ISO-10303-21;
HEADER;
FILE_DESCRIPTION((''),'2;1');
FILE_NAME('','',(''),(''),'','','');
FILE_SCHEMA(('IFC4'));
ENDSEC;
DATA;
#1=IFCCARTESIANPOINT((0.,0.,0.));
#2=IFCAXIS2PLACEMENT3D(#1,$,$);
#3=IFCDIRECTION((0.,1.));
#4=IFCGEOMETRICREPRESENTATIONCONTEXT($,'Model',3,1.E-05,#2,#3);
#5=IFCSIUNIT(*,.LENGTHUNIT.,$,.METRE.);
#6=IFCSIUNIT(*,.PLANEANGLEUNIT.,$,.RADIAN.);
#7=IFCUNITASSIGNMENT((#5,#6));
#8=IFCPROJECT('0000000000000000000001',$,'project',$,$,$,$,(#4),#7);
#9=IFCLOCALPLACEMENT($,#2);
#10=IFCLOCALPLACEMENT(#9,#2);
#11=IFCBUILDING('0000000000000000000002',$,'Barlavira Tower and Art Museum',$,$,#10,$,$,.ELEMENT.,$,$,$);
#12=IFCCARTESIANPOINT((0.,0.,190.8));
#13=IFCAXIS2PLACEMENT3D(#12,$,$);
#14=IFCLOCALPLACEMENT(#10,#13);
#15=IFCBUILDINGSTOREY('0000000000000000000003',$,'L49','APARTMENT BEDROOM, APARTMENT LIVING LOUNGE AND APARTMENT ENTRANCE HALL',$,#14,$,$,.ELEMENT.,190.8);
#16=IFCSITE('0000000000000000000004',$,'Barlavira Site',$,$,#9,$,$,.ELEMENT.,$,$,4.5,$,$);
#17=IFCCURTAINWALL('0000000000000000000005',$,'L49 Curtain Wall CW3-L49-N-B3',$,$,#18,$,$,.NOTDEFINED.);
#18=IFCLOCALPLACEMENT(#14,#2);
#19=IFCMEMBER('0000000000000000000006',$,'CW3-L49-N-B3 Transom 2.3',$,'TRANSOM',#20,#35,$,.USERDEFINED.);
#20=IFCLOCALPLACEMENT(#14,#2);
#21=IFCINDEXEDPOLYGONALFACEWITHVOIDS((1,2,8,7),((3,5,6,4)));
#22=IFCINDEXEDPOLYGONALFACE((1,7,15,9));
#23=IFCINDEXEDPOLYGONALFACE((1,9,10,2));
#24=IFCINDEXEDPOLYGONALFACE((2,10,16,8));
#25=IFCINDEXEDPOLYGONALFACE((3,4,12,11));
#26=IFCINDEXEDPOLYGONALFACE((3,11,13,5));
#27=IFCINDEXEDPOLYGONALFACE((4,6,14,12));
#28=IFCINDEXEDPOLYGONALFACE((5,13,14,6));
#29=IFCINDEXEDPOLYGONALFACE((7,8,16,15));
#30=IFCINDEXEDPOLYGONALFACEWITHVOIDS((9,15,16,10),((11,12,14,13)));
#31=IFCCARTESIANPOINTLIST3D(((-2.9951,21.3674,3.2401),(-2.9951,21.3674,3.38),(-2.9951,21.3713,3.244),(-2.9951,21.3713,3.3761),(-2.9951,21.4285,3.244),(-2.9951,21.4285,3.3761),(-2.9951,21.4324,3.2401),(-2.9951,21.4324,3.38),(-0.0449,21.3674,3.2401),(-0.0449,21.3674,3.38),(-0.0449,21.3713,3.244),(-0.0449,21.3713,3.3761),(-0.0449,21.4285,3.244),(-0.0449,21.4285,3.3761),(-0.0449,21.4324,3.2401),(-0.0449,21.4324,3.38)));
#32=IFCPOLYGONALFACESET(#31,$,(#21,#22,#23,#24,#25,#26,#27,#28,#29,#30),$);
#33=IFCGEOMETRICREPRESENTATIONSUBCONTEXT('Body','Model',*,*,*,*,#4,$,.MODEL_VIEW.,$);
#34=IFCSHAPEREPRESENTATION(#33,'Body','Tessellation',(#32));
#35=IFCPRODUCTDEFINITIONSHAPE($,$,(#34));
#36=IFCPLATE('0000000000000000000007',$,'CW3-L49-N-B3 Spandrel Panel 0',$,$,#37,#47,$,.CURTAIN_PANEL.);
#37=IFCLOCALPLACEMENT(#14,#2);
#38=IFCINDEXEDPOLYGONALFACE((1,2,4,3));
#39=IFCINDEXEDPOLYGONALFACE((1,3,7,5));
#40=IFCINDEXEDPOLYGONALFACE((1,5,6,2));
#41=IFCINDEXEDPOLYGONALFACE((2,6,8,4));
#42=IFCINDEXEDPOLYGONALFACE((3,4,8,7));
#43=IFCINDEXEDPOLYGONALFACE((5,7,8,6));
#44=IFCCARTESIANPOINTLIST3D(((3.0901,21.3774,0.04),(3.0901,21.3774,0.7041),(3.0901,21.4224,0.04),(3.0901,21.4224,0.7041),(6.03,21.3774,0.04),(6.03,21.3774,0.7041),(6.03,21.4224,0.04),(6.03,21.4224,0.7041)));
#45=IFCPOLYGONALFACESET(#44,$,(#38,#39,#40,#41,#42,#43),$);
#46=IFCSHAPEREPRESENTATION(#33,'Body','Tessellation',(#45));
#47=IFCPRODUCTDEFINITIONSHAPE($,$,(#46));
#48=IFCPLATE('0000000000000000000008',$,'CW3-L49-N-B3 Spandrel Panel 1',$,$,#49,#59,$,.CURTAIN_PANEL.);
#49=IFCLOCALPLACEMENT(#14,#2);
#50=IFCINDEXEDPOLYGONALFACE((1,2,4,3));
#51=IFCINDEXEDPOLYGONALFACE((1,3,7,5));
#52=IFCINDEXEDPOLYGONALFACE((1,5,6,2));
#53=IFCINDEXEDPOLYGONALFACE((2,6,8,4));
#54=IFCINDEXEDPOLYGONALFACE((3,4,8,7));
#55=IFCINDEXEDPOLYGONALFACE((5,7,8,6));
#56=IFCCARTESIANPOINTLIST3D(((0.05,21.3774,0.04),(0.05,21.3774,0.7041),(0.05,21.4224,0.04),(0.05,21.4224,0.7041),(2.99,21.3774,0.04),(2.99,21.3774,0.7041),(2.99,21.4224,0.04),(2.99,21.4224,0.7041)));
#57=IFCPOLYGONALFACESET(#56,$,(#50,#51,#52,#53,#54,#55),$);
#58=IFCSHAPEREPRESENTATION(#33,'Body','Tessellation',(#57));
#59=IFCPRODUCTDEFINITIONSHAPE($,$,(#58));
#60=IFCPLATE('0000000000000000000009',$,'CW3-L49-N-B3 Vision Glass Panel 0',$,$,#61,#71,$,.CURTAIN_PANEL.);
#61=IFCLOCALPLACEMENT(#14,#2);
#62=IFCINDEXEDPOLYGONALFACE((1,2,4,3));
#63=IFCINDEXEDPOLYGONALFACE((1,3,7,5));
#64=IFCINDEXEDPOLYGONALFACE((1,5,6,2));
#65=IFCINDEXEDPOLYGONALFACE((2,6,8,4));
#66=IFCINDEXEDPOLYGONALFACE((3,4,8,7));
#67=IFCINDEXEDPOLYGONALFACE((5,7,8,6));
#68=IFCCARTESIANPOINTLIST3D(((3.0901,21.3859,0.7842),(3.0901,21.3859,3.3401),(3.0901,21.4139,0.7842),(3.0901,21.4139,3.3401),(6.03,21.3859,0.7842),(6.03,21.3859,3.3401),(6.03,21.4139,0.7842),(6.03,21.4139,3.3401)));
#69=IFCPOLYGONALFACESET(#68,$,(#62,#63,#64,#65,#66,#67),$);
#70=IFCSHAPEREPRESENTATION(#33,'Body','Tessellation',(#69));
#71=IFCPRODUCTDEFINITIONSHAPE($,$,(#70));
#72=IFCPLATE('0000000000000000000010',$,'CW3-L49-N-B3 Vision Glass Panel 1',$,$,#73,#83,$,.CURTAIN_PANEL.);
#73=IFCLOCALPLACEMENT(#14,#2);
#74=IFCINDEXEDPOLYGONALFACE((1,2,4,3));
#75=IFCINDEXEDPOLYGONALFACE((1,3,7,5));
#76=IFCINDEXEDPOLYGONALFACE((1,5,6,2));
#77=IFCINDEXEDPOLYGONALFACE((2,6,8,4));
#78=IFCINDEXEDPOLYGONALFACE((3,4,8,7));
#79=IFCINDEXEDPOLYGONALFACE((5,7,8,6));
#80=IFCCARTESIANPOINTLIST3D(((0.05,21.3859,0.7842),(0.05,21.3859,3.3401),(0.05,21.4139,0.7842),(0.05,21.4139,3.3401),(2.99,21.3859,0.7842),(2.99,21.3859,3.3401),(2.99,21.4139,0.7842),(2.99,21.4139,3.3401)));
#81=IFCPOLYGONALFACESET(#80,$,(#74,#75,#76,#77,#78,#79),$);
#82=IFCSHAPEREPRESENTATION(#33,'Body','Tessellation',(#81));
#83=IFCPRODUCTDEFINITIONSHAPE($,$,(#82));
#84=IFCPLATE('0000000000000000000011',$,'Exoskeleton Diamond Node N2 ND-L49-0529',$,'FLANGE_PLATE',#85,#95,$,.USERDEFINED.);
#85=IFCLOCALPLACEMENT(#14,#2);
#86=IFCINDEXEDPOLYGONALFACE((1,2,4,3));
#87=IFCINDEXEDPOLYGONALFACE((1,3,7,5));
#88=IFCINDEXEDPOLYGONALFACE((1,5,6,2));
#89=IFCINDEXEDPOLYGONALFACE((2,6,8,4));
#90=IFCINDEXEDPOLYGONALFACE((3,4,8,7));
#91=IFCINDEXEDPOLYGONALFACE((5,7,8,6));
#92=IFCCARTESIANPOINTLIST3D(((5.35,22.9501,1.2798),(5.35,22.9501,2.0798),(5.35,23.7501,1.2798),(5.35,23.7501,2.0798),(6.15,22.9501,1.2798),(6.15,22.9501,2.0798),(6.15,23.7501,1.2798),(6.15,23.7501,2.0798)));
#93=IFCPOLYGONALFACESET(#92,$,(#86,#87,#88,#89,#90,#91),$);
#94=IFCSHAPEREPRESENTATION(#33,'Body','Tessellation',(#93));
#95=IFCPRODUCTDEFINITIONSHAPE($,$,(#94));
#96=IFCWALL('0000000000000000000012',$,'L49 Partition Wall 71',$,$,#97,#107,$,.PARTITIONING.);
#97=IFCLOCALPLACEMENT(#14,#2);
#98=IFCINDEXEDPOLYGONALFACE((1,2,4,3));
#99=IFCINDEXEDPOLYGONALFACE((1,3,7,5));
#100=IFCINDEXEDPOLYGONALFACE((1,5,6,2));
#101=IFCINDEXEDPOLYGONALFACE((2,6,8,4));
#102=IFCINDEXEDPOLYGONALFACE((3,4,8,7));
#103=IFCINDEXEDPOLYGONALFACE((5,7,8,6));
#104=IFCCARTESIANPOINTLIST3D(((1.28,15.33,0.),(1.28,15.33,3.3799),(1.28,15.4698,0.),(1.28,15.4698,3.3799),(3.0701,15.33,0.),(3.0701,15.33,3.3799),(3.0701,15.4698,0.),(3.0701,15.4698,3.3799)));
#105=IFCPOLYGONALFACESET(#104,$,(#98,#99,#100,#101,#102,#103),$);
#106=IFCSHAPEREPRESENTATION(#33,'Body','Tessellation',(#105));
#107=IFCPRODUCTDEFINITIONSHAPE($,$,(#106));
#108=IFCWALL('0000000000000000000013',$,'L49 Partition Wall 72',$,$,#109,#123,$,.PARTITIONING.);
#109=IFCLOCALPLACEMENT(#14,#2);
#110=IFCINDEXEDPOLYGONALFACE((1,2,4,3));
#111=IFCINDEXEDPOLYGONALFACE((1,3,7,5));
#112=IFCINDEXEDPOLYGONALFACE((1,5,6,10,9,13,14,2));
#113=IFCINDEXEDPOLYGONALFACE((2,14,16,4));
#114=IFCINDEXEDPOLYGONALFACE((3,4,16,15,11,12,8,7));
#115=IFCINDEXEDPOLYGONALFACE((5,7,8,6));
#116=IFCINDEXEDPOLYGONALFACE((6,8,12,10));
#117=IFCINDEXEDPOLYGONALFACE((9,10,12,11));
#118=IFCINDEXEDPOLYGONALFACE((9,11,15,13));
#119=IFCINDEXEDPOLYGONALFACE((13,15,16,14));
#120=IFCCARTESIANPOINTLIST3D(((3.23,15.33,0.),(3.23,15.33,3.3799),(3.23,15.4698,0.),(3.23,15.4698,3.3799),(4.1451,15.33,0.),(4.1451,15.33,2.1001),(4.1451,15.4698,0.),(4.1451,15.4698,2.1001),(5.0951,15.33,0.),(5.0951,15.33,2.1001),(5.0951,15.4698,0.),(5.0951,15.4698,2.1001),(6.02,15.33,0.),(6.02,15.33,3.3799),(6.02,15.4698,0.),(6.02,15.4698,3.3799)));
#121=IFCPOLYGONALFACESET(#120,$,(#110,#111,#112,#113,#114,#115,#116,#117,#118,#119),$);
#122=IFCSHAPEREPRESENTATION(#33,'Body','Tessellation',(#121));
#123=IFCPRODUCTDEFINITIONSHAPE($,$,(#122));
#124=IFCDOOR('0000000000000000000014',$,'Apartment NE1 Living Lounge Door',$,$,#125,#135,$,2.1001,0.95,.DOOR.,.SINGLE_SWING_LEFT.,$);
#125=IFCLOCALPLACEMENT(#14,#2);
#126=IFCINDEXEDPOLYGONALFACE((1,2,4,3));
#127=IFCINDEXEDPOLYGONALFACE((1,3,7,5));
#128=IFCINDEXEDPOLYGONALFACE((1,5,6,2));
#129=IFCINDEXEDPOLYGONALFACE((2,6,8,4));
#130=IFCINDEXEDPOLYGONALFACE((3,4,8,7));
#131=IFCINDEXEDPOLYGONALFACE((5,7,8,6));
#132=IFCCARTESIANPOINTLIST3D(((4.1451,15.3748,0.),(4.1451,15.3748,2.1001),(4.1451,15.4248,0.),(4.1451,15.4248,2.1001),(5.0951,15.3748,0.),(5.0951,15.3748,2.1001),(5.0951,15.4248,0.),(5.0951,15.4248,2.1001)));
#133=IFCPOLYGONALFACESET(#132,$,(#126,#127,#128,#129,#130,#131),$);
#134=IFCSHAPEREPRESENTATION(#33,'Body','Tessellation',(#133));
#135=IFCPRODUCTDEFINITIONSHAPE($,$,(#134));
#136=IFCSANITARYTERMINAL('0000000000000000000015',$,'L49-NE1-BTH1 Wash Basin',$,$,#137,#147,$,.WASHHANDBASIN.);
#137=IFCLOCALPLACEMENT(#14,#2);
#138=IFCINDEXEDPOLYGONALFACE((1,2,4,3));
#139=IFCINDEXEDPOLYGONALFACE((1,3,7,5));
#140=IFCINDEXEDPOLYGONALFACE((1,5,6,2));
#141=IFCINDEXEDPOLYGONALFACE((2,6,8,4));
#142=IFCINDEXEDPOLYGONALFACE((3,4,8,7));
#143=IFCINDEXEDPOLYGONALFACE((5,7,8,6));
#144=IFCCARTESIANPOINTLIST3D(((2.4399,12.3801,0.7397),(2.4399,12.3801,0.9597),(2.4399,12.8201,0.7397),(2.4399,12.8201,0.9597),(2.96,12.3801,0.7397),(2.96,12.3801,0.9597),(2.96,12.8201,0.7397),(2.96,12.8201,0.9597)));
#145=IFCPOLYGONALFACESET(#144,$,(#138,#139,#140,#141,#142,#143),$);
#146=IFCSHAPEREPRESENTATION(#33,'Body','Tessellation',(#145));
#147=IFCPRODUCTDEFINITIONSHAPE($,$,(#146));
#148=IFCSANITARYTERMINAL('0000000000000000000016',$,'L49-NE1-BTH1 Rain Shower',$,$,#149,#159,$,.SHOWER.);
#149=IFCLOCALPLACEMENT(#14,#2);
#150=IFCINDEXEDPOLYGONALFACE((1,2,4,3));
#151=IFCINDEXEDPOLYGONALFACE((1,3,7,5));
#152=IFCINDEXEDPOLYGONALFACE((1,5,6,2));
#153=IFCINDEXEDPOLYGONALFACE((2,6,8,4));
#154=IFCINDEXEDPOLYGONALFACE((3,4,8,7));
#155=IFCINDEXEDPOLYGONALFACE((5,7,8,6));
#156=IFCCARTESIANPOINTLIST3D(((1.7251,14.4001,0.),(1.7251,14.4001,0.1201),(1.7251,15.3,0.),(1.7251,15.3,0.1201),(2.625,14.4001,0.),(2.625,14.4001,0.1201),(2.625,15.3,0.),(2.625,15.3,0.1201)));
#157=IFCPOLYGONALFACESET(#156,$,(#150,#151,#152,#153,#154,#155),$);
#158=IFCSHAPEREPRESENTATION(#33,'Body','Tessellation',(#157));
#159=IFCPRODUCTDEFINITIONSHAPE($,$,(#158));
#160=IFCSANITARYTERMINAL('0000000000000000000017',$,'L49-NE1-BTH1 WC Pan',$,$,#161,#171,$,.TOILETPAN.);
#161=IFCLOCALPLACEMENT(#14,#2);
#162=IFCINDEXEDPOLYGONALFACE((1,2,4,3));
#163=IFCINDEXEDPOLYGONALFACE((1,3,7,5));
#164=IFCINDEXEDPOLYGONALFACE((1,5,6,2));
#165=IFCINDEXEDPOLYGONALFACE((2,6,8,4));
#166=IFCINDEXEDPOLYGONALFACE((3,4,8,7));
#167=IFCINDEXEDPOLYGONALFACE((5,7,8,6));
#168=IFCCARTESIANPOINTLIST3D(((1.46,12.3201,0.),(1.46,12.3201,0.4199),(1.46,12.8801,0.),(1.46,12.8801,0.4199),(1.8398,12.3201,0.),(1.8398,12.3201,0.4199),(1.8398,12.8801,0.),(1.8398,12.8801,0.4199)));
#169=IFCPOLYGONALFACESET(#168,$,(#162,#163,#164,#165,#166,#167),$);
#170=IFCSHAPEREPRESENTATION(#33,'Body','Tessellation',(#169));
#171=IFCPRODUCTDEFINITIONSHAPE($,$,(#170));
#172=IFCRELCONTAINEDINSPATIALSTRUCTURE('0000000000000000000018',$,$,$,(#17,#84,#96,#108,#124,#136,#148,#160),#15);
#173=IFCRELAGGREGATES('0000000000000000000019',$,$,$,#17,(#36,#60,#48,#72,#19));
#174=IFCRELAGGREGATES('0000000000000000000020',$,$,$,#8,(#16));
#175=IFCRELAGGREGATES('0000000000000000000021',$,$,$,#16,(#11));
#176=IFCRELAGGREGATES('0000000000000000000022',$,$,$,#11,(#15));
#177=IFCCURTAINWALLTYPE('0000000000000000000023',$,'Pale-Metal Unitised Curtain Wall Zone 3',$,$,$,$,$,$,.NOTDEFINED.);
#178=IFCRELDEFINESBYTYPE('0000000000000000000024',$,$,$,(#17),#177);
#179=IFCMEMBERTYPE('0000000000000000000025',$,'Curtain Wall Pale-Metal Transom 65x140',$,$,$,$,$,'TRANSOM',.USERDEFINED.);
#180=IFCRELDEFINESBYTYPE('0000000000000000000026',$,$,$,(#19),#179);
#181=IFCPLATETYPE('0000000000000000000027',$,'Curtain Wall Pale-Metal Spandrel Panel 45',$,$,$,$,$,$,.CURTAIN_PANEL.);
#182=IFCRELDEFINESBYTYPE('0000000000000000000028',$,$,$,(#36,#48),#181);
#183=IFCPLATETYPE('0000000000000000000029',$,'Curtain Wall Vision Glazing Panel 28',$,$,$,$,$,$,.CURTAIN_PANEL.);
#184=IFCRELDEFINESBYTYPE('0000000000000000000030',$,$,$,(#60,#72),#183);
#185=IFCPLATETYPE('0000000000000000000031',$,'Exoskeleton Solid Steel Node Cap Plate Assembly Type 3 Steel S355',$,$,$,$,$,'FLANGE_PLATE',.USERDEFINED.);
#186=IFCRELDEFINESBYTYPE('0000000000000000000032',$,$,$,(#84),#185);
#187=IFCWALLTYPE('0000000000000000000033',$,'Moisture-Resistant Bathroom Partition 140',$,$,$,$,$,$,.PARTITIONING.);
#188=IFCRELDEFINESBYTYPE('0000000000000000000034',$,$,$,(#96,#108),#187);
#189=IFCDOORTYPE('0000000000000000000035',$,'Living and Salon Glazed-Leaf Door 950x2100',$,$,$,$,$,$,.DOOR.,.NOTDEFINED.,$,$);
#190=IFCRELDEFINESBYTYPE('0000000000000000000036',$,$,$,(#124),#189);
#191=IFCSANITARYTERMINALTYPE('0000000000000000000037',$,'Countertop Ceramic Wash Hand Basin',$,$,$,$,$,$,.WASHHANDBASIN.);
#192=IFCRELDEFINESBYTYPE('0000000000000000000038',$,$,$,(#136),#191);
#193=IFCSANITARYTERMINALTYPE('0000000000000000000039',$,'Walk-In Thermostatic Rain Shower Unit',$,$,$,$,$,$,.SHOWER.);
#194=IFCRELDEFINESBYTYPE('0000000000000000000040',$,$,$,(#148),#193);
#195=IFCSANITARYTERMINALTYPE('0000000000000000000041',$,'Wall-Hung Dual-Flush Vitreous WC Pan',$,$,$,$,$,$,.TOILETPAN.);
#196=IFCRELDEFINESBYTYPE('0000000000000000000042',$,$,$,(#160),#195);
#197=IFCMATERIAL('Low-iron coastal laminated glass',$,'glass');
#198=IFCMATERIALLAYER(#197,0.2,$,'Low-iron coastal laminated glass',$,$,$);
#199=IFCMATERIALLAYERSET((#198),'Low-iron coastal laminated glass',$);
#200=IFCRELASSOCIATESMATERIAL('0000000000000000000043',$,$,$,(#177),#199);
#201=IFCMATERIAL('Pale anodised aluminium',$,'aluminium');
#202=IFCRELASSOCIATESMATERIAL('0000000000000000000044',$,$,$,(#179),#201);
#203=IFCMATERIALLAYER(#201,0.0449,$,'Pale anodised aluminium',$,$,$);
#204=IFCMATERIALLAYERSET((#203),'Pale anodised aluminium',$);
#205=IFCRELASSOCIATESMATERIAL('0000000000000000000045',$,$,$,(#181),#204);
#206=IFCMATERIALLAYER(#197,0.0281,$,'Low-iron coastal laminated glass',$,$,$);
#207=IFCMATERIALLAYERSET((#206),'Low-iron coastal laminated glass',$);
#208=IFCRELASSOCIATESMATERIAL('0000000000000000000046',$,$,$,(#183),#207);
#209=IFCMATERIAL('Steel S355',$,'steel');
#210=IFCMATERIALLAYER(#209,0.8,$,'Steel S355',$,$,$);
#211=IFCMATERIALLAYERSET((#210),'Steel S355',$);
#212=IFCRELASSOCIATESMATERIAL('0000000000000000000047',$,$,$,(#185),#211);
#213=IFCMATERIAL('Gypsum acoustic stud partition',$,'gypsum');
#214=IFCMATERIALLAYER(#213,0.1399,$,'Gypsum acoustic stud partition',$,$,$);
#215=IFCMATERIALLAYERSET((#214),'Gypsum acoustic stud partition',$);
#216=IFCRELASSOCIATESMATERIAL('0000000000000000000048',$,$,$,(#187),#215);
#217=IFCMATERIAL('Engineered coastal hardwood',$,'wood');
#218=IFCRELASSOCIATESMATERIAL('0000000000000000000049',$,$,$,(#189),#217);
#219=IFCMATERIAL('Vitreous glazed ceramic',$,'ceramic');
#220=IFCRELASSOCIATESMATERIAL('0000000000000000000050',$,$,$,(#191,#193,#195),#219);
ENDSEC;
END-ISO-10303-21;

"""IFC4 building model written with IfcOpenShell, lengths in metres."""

from ifc_helpers import new_model, si_unit, direction, frame, frame_2d, origin, origin_2d, place, context, subcontext, project, spatial, rectangle, hollow_rectangle, extrude, material, layer, layer_set, material_profile, profile_set, type_object, element, fill, aggregate, save


model = new_model("IFC4")

# Units and contexts
model_context = context("Model", 3, precision=1e-05, world=origin(), true_north=direction((0.0, 1.0)))
body_context = subcontext(model_context, "Body", "Model", "MODEL_VIEW")
ifc_project = project(units=[si_unit("LENGTHUNIT", "METRE"), si_unit("PLANEANGLEUNIT", "RADIAN")], contexts=[model_context])

# Site, building, storey
site_placement = place(None, origin())
site = spatial("IfcSite", under=ifc_project, at=site_placement, Name="Barlavira Site", CompositionType="ELEMENT", RefElevation=4.5)
building_placement = place(site_placement, origin())
building = spatial("IfcBuilding", under=site, at=building_placement, Name="Barlavira Tower and Art Museum", CompositionType="ELEMENT")
storey_placement = place(building_placement, frame((0.0, 0.0, 190.8)))
storey = spatial("IfcBuildingStorey", under=building, at=storey_placement, Name="L49", Description="APARTMENT BEDROOM, APARTMENT LIVING LOUNGE AND APARTMENT ENTRANCE HALL", CompositionType="ELEMENT", Elevation=190.8)

# Curtain wall, member, plates
ifc_material_1 = material(Name="Low-iron coastal laminated glass", Category="glass")
ifc_layer_1 = layer(ifc_material_1, 0.2, Name="Low-iron coastal laminated glass")
ifc_layer_set_1 = layer_set([ifc_layer_1], Name="Low-iron coastal laminated glass")
curtain_wall_type = type_object("IfcCurtainWallType", Name="Pale-Metal Unitised Curtain Wall Zone 3", PredefinedType="NOTDEFINED", material=ifc_layer_set_1)
curtain_wall_placement = place(storey_placement, origin())
curtain_wall = element("IfcCurtainWall", 1, at=curtain_wall_placement, inside=storey, type_object=curtain_wall_type, Name="L49 Curtain Wall CW3-L49-N-B3", PredefinedType="NOTDEFINED")
ifc_material_2 = material(Name="Pale anodised aluminium", Category="aluminium")
ifc_material_profile_1 = material_profile(ifc_material_2, hollow_rectangle(XDim=0.0649, YDim=0.1399, WallThickness=0.0039, at=origin_2d()), Name="ALU-TRAN 65x140x4")
ifc_profile_set_1 = profile_set([ifc_material_profile_1], Name="Pale anodised aluminium")
member_type_1 = type_object("IfcMemberType", Name="Curtain Wall Pale-Metal Transom 65x140", ElementType="TRANSOM", PredefinedType="USERDEFINED", material=ifc_profile_set_1)
member_1_placement = place(storey_placement, frame((-0.0449, 21.3999, 3.3101), z_axis=(-1.0, 0.0, 0.0), x_axis=(0.0, -1.0, 0.0)))
member_1 = element("IfcMember", 2, at=member_1_placement, type_object=member_type_1, Name="CW3-L49-N-B3 Transom 2.3", ObjectType="TRANSOM", PredefinedType="USERDEFINED", context=body_context, shape_type="SweptSolid", body=[
    extrude(hollow_rectangle(XDim=0.0649, YDim=0.1399, WallThickness=0.0039, at=origin_2d()), origin(), (0.0, 0.0, 1.0), 2.9502),
])
ifc_layer_2 = layer(ifc_material_2, 0.0449, Name="Pale anodised aluminium")
ifc_layer_set_2 = layer_set([ifc_layer_2], Name="Pale anodised aluminium")
plate_type_1 = type_object("IfcPlateType", Name="Curtain Wall Pale-Metal Spandrel Panel 45", PredefinedType="CURTAIN_PANEL", material=ifc_layer_set_2)
plate_1_placement = place(storey_placement, frame((4.5601, 21.3999, 0.04), z_axis=(0.0, 0.0, 1.0), x_axis=(-1.0, 0.0, 0.0)))
plate_1 = element("IfcPlate", 3, at=plate_1_placement, type_object=plate_type_1, Name="CW3-L49-N-B3 Spandrel Panel 0", PredefinedType="CURTAIN_PANEL", context=body_context, shape_type="SweptSolid", body=[
    extrude(rectangle(XDim=2.9399, YDim=0.0449, at=origin_2d()), origin(), (0.0, 0.0, 1.0), 0.6641),
])
plate_2_placement = place(storey_placement, frame((1.52, 21.3999, 0.04), z_axis=(0.0, 0.0, 1.0), x_axis=(-1.0, 0.0, 0.0)))
plate_2 = element("IfcPlate", 4, at=plate_2_placement, type_object=plate_type_1, Name="CW3-L49-N-B3 Spandrel Panel 1", PredefinedType="CURTAIN_PANEL", context=body_context, shape_type="SweptSolid", body=[
    extrude(rectangle(XDim=2.9399, YDim=0.0449, at=origin_2d()), origin(), (0.0, 0.0, 1.0), 0.6641),
])
ifc_layer_3 = layer(ifc_material_1, 0.0281, Name="Low-iron coastal laminated glass")
ifc_layer_set_3 = layer_set([ifc_layer_3], Name="Low-iron coastal laminated glass")
plate_type_2 = type_object("IfcPlateType", Name="Curtain Wall Vision Glazing Panel 28", PredefinedType="CURTAIN_PANEL", material=ifc_layer_set_3)
plate_3_placement = place(storey_placement, frame((4.5601, 21.3999, 0.7842), z_axis=(0.0, 0.0, 1.0), x_axis=(-1.0, 0.0, 0.0)))
plate_3 = element("IfcPlate", 5, at=plate_3_placement, type_object=plate_type_2, Name="CW3-L49-N-B3 Vision Glass Panel 0", PredefinedType="CURTAIN_PANEL", context=body_context, shape_type="SweptSolid", body=[
    extrude(rectangle(XDim=2.9399, YDim=0.0281, at=origin_2d()), origin(), (0.0, 0.0, 1.0), 2.5559),
])
plate_4_placement = place(storey_placement, frame((1.52, 21.3999, 0.7842), z_axis=(0.0, 0.0, 1.0), x_axis=(-1.0, 0.0, 0.0)))
plate_4 = element("IfcPlate", 6, at=plate_4_placement, type_object=plate_type_2, Name="CW3-L49-N-B3 Vision Glass Panel 1", PredefinedType="CURTAIN_PANEL", context=body_context, shape_type="SweptSolid", body=[
    extrude(rectangle(XDim=2.9399, YDim=0.0281, at=origin_2d()), origin(), (0.0, 0.0, 1.0), 2.5559),
])
aggregate(curtain_wall, [plate_1, plate_3, plate_2, plate_4, member_1])

# Plate
ifc_material_3 = material(Name="Steel S355", Category="steel")
ifc_layer_4 = layer(ifc_material_3, 0.8, Name="Steel S355")
ifc_layer_set_4 = layer_set([ifc_layer_4], Name="Steel S355")
plate_type_3 = type_object("IfcPlateType", Name="Exoskeleton Solid Steel Node Cap Plate Assembly Type 3 Steel S355", ElementType="FLANGE_PLATE", PredefinedType="USERDEFINED", material=ifc_layer_set_4)
plate_5_placement = place(storey_placement, frame((5.75, 23.3501, 1.2798), z_axis=(0.0, 0.0, 1.0), x_axis=(1.0, 0.0, 0.0)))
element("IfcPlate", 7, at=plate_5_placement, inside=storey, type_object=plate_type_3, Name="Exoskeleton Diamond Node N2 ND-L49-0529", ObjectType="FLANGE_PLATE", PredefinedType="USERDEFINED", context=body_context, shape_type="SweptSolid", body=[
    extrude(rectangle(XDim=0.8, YDim=0.8, at=origin_2d()), origin(), (0.0, 0.0, 1.0), 0.8),
])

# Shared definitions
ifc_material_4 = material(Name="Gypsum acoustic stud partition", Category="gypsum")

# Wall
ifc_layer_5 = layer(ifc_material_4, 0.1399, Name="Gypsum acoustic stud partition")
ifc_layer_set_5 = layer_set([ifc_layer_5], Name="Gypsum acoustic stud partition")
wall_type_1 = type_object("IfcWallType", Name="Moisture-Resistant Bathroom Partition 140", PredefinedType="PARTITIONING", material=ifc_layer_set_5)
wall_1_placement = place(storey_placement, frame((1.28, 15.3999, 0.0), z_axis=(0.0, 0.0, 1.0), x_axis=(1.0, 0.0, 0.0)))
element("IfcWall", 8, at=wall_1_placement, inside=storey, type_object=wall_type_1, Name="L49 Partition Wall 71", PredefinedType="PARTITIONING", context=body_context, shape_type="SweptSolid", body=[
    extrude(rectangle(XDim=1.79, YDim=0.1399, at=frame_2d((0.895, 0.0))), origin(), (0.0, 0.0, 1.0), 3.3799),
])

# Wall, opening, door
wall_2_placement = place(storey_placement, frame((3.23, 15.3999, 0.0), z_axis=(0.0, 0.0, 1.0), x_axis=(1.0, 0.0, 0.0)))
wall_2 = element("IfcWall", 9, at=wall_2_placement, inside=storey, type_object=wall_type_1, Name="L49 Partition Wall 72", PredefinedType="PARTITIONING", context=body_context, shape_type="SweptSolid", body=[
    extrude(rectangle(XDim=2.79, YDim=0.1399, at=frame_2d((1.395, 0.0))), origin(), (0.0, 0.0, 1.0), 3.3799),
])
opening_1_placement = place(wall_2_placement, frame((0.915, 0.0, 0.0)))
opening_1 = element("IfcOpeningElement", 10, at=opening_1_placement, cuts=wall_2, PredefinedType="OPENING", context=body_context, shape_type="SweptSolid", body=[
    extrude(rectangle(XDim=0.95, YDim=2.1001, at=frame_2d((0.4751, 1.05))), frame((0.0, 0.0801, 0.0), z_axis=(0.0, -1.0, 0.0), x_axis=(1.0, 0.0, 0.0)), (0.0, 0.0, 1.0), 0.1599),
])
ifc_material_5 = material(Name="Engineered coastal hardwood", Category="wood")
door_type_1 = type_object("IfcDoorType", Name="Living and Salon Glazed-Leaf Door 950x2100", OperationType="NOTDEFINED", PredefinedType="DOOR", material=ifc_material_5)
door_1_placement = place(opening_1_placement, origin())
door_1 = element("IfcDoor", 11, at=door_1_placement, inside=storey, type_object=door_type_1, Name="Apartment NE1 Living Lounge Door", OperationType="SINGLE_SWING_LEFT", OverallHeight=2.1001, OverallWidth=0.95, PredefinedType="DOOR", context=body_context, shape_type="SweptSolid", body=[
    extrude(rectangle(XDim=0.95, YDim=2.1001, at=frame_2d((0.4751, 1.05))), frame((0.0, 0.0249, 0.0), z_axis=(0.0, -1.0, 0.0), x_axis=(1.0, 0.0, 0.0)), (0.0, 0.0, 1.0), 0.05),
])
fill(opening_1, door_1)

# Sanitary terminals
ifc_material_6 = material(Name="Vitreous glazed ceramic", Category="ceramic")
sanitary_terminal_type_1 = type_object("IfcSanitaryTerminalType", Name="Countertop Ceramic Wash Hand Basin", PredefinedType="WASHHANDBASIN", material=ifc_material_6)
sanitary_terminal_1_placement = place(storey_placement, frame((2.7, 12.6001, 0.7397), z_axis=(0.0, 0.0, 1.0), x_axis=(1.0, 0.0, 0.0)))
element("IfcSanitaryTerminal", 12, at=sanitary_terminal_1_placement, inside=storey, type_object=sanitary_terminal_type_1, Name="L49-NE1-BTH1 Wash Basin", PredefinedType="WASHHANDBASIN", context=body_context, shape_type="SweptSolid", body=[
    extrude(rectangle(XDim=0.52, YDim=0.4399, at=origin_2d()), origin(), (0.0, 0.0, 1.0), 0.22),
])
sanitary_terminal_type_2 = type_object("IfcSanitaryTerminalType", Name="Walk-In Thermostatic Rain Shower Unit", PredefinedType="SHOWER", material=ifc_material_6)
sanitary_terminal_2_placement = place(storey_placement, frame((2.175, 14.8501, 0.0), z_axis=(0.0, 0.0, 1.0), x_axis=(1.0, 0.0, 0.0)))
element("IfcSanitaryTerminal", 13, at=sanitary_terminal_2_placement, inside=storey, type_object=sanitary_terminal_type_2, Name="L49-NE1-BTH1 Rain Shower", PredefinedType="SHOWER", context=body_context, shape_type="SweptSolid", body=[
    extrude(rectangle(XDim=0.8999, YDim=0.8999, at=origin_2d()), origin(), (0.0, 0.0, 1.0), 0.1201),
])
sanitary_terminal_type_3 = type_object("IfcSanitaryTerminalType", Name="Wall-Hung Dual-Flush Vitreous WC Pan", PredefinedType="TOILETPAN", material=ifc_material_6)
sanitary_terminal_3_placement = place(storey_placement, frame((1.6499, 12.6001, 0.0), z_axis=(0.0, 0.0, 1.0), x_axis=(1.0, 0.0, 0.0)))
element("IfcSanitaryTerminal", 14, at=sanitary_terminal_3_placement, inside=storey, type_object=sanitary_terminal_type_3, Name="L49-NE1-BTH1 WC Pan", PredefinedType="TOILETPAN", context=body_context, shape_type="SweptSolid", body=[
    extrude(rectangle(XDim=0.3799, YDim=0.5601, at=origin_2d()), origin(), (0.0, 0.0, 1.0), 0.4199),
])

save(model, "model.ifc")
